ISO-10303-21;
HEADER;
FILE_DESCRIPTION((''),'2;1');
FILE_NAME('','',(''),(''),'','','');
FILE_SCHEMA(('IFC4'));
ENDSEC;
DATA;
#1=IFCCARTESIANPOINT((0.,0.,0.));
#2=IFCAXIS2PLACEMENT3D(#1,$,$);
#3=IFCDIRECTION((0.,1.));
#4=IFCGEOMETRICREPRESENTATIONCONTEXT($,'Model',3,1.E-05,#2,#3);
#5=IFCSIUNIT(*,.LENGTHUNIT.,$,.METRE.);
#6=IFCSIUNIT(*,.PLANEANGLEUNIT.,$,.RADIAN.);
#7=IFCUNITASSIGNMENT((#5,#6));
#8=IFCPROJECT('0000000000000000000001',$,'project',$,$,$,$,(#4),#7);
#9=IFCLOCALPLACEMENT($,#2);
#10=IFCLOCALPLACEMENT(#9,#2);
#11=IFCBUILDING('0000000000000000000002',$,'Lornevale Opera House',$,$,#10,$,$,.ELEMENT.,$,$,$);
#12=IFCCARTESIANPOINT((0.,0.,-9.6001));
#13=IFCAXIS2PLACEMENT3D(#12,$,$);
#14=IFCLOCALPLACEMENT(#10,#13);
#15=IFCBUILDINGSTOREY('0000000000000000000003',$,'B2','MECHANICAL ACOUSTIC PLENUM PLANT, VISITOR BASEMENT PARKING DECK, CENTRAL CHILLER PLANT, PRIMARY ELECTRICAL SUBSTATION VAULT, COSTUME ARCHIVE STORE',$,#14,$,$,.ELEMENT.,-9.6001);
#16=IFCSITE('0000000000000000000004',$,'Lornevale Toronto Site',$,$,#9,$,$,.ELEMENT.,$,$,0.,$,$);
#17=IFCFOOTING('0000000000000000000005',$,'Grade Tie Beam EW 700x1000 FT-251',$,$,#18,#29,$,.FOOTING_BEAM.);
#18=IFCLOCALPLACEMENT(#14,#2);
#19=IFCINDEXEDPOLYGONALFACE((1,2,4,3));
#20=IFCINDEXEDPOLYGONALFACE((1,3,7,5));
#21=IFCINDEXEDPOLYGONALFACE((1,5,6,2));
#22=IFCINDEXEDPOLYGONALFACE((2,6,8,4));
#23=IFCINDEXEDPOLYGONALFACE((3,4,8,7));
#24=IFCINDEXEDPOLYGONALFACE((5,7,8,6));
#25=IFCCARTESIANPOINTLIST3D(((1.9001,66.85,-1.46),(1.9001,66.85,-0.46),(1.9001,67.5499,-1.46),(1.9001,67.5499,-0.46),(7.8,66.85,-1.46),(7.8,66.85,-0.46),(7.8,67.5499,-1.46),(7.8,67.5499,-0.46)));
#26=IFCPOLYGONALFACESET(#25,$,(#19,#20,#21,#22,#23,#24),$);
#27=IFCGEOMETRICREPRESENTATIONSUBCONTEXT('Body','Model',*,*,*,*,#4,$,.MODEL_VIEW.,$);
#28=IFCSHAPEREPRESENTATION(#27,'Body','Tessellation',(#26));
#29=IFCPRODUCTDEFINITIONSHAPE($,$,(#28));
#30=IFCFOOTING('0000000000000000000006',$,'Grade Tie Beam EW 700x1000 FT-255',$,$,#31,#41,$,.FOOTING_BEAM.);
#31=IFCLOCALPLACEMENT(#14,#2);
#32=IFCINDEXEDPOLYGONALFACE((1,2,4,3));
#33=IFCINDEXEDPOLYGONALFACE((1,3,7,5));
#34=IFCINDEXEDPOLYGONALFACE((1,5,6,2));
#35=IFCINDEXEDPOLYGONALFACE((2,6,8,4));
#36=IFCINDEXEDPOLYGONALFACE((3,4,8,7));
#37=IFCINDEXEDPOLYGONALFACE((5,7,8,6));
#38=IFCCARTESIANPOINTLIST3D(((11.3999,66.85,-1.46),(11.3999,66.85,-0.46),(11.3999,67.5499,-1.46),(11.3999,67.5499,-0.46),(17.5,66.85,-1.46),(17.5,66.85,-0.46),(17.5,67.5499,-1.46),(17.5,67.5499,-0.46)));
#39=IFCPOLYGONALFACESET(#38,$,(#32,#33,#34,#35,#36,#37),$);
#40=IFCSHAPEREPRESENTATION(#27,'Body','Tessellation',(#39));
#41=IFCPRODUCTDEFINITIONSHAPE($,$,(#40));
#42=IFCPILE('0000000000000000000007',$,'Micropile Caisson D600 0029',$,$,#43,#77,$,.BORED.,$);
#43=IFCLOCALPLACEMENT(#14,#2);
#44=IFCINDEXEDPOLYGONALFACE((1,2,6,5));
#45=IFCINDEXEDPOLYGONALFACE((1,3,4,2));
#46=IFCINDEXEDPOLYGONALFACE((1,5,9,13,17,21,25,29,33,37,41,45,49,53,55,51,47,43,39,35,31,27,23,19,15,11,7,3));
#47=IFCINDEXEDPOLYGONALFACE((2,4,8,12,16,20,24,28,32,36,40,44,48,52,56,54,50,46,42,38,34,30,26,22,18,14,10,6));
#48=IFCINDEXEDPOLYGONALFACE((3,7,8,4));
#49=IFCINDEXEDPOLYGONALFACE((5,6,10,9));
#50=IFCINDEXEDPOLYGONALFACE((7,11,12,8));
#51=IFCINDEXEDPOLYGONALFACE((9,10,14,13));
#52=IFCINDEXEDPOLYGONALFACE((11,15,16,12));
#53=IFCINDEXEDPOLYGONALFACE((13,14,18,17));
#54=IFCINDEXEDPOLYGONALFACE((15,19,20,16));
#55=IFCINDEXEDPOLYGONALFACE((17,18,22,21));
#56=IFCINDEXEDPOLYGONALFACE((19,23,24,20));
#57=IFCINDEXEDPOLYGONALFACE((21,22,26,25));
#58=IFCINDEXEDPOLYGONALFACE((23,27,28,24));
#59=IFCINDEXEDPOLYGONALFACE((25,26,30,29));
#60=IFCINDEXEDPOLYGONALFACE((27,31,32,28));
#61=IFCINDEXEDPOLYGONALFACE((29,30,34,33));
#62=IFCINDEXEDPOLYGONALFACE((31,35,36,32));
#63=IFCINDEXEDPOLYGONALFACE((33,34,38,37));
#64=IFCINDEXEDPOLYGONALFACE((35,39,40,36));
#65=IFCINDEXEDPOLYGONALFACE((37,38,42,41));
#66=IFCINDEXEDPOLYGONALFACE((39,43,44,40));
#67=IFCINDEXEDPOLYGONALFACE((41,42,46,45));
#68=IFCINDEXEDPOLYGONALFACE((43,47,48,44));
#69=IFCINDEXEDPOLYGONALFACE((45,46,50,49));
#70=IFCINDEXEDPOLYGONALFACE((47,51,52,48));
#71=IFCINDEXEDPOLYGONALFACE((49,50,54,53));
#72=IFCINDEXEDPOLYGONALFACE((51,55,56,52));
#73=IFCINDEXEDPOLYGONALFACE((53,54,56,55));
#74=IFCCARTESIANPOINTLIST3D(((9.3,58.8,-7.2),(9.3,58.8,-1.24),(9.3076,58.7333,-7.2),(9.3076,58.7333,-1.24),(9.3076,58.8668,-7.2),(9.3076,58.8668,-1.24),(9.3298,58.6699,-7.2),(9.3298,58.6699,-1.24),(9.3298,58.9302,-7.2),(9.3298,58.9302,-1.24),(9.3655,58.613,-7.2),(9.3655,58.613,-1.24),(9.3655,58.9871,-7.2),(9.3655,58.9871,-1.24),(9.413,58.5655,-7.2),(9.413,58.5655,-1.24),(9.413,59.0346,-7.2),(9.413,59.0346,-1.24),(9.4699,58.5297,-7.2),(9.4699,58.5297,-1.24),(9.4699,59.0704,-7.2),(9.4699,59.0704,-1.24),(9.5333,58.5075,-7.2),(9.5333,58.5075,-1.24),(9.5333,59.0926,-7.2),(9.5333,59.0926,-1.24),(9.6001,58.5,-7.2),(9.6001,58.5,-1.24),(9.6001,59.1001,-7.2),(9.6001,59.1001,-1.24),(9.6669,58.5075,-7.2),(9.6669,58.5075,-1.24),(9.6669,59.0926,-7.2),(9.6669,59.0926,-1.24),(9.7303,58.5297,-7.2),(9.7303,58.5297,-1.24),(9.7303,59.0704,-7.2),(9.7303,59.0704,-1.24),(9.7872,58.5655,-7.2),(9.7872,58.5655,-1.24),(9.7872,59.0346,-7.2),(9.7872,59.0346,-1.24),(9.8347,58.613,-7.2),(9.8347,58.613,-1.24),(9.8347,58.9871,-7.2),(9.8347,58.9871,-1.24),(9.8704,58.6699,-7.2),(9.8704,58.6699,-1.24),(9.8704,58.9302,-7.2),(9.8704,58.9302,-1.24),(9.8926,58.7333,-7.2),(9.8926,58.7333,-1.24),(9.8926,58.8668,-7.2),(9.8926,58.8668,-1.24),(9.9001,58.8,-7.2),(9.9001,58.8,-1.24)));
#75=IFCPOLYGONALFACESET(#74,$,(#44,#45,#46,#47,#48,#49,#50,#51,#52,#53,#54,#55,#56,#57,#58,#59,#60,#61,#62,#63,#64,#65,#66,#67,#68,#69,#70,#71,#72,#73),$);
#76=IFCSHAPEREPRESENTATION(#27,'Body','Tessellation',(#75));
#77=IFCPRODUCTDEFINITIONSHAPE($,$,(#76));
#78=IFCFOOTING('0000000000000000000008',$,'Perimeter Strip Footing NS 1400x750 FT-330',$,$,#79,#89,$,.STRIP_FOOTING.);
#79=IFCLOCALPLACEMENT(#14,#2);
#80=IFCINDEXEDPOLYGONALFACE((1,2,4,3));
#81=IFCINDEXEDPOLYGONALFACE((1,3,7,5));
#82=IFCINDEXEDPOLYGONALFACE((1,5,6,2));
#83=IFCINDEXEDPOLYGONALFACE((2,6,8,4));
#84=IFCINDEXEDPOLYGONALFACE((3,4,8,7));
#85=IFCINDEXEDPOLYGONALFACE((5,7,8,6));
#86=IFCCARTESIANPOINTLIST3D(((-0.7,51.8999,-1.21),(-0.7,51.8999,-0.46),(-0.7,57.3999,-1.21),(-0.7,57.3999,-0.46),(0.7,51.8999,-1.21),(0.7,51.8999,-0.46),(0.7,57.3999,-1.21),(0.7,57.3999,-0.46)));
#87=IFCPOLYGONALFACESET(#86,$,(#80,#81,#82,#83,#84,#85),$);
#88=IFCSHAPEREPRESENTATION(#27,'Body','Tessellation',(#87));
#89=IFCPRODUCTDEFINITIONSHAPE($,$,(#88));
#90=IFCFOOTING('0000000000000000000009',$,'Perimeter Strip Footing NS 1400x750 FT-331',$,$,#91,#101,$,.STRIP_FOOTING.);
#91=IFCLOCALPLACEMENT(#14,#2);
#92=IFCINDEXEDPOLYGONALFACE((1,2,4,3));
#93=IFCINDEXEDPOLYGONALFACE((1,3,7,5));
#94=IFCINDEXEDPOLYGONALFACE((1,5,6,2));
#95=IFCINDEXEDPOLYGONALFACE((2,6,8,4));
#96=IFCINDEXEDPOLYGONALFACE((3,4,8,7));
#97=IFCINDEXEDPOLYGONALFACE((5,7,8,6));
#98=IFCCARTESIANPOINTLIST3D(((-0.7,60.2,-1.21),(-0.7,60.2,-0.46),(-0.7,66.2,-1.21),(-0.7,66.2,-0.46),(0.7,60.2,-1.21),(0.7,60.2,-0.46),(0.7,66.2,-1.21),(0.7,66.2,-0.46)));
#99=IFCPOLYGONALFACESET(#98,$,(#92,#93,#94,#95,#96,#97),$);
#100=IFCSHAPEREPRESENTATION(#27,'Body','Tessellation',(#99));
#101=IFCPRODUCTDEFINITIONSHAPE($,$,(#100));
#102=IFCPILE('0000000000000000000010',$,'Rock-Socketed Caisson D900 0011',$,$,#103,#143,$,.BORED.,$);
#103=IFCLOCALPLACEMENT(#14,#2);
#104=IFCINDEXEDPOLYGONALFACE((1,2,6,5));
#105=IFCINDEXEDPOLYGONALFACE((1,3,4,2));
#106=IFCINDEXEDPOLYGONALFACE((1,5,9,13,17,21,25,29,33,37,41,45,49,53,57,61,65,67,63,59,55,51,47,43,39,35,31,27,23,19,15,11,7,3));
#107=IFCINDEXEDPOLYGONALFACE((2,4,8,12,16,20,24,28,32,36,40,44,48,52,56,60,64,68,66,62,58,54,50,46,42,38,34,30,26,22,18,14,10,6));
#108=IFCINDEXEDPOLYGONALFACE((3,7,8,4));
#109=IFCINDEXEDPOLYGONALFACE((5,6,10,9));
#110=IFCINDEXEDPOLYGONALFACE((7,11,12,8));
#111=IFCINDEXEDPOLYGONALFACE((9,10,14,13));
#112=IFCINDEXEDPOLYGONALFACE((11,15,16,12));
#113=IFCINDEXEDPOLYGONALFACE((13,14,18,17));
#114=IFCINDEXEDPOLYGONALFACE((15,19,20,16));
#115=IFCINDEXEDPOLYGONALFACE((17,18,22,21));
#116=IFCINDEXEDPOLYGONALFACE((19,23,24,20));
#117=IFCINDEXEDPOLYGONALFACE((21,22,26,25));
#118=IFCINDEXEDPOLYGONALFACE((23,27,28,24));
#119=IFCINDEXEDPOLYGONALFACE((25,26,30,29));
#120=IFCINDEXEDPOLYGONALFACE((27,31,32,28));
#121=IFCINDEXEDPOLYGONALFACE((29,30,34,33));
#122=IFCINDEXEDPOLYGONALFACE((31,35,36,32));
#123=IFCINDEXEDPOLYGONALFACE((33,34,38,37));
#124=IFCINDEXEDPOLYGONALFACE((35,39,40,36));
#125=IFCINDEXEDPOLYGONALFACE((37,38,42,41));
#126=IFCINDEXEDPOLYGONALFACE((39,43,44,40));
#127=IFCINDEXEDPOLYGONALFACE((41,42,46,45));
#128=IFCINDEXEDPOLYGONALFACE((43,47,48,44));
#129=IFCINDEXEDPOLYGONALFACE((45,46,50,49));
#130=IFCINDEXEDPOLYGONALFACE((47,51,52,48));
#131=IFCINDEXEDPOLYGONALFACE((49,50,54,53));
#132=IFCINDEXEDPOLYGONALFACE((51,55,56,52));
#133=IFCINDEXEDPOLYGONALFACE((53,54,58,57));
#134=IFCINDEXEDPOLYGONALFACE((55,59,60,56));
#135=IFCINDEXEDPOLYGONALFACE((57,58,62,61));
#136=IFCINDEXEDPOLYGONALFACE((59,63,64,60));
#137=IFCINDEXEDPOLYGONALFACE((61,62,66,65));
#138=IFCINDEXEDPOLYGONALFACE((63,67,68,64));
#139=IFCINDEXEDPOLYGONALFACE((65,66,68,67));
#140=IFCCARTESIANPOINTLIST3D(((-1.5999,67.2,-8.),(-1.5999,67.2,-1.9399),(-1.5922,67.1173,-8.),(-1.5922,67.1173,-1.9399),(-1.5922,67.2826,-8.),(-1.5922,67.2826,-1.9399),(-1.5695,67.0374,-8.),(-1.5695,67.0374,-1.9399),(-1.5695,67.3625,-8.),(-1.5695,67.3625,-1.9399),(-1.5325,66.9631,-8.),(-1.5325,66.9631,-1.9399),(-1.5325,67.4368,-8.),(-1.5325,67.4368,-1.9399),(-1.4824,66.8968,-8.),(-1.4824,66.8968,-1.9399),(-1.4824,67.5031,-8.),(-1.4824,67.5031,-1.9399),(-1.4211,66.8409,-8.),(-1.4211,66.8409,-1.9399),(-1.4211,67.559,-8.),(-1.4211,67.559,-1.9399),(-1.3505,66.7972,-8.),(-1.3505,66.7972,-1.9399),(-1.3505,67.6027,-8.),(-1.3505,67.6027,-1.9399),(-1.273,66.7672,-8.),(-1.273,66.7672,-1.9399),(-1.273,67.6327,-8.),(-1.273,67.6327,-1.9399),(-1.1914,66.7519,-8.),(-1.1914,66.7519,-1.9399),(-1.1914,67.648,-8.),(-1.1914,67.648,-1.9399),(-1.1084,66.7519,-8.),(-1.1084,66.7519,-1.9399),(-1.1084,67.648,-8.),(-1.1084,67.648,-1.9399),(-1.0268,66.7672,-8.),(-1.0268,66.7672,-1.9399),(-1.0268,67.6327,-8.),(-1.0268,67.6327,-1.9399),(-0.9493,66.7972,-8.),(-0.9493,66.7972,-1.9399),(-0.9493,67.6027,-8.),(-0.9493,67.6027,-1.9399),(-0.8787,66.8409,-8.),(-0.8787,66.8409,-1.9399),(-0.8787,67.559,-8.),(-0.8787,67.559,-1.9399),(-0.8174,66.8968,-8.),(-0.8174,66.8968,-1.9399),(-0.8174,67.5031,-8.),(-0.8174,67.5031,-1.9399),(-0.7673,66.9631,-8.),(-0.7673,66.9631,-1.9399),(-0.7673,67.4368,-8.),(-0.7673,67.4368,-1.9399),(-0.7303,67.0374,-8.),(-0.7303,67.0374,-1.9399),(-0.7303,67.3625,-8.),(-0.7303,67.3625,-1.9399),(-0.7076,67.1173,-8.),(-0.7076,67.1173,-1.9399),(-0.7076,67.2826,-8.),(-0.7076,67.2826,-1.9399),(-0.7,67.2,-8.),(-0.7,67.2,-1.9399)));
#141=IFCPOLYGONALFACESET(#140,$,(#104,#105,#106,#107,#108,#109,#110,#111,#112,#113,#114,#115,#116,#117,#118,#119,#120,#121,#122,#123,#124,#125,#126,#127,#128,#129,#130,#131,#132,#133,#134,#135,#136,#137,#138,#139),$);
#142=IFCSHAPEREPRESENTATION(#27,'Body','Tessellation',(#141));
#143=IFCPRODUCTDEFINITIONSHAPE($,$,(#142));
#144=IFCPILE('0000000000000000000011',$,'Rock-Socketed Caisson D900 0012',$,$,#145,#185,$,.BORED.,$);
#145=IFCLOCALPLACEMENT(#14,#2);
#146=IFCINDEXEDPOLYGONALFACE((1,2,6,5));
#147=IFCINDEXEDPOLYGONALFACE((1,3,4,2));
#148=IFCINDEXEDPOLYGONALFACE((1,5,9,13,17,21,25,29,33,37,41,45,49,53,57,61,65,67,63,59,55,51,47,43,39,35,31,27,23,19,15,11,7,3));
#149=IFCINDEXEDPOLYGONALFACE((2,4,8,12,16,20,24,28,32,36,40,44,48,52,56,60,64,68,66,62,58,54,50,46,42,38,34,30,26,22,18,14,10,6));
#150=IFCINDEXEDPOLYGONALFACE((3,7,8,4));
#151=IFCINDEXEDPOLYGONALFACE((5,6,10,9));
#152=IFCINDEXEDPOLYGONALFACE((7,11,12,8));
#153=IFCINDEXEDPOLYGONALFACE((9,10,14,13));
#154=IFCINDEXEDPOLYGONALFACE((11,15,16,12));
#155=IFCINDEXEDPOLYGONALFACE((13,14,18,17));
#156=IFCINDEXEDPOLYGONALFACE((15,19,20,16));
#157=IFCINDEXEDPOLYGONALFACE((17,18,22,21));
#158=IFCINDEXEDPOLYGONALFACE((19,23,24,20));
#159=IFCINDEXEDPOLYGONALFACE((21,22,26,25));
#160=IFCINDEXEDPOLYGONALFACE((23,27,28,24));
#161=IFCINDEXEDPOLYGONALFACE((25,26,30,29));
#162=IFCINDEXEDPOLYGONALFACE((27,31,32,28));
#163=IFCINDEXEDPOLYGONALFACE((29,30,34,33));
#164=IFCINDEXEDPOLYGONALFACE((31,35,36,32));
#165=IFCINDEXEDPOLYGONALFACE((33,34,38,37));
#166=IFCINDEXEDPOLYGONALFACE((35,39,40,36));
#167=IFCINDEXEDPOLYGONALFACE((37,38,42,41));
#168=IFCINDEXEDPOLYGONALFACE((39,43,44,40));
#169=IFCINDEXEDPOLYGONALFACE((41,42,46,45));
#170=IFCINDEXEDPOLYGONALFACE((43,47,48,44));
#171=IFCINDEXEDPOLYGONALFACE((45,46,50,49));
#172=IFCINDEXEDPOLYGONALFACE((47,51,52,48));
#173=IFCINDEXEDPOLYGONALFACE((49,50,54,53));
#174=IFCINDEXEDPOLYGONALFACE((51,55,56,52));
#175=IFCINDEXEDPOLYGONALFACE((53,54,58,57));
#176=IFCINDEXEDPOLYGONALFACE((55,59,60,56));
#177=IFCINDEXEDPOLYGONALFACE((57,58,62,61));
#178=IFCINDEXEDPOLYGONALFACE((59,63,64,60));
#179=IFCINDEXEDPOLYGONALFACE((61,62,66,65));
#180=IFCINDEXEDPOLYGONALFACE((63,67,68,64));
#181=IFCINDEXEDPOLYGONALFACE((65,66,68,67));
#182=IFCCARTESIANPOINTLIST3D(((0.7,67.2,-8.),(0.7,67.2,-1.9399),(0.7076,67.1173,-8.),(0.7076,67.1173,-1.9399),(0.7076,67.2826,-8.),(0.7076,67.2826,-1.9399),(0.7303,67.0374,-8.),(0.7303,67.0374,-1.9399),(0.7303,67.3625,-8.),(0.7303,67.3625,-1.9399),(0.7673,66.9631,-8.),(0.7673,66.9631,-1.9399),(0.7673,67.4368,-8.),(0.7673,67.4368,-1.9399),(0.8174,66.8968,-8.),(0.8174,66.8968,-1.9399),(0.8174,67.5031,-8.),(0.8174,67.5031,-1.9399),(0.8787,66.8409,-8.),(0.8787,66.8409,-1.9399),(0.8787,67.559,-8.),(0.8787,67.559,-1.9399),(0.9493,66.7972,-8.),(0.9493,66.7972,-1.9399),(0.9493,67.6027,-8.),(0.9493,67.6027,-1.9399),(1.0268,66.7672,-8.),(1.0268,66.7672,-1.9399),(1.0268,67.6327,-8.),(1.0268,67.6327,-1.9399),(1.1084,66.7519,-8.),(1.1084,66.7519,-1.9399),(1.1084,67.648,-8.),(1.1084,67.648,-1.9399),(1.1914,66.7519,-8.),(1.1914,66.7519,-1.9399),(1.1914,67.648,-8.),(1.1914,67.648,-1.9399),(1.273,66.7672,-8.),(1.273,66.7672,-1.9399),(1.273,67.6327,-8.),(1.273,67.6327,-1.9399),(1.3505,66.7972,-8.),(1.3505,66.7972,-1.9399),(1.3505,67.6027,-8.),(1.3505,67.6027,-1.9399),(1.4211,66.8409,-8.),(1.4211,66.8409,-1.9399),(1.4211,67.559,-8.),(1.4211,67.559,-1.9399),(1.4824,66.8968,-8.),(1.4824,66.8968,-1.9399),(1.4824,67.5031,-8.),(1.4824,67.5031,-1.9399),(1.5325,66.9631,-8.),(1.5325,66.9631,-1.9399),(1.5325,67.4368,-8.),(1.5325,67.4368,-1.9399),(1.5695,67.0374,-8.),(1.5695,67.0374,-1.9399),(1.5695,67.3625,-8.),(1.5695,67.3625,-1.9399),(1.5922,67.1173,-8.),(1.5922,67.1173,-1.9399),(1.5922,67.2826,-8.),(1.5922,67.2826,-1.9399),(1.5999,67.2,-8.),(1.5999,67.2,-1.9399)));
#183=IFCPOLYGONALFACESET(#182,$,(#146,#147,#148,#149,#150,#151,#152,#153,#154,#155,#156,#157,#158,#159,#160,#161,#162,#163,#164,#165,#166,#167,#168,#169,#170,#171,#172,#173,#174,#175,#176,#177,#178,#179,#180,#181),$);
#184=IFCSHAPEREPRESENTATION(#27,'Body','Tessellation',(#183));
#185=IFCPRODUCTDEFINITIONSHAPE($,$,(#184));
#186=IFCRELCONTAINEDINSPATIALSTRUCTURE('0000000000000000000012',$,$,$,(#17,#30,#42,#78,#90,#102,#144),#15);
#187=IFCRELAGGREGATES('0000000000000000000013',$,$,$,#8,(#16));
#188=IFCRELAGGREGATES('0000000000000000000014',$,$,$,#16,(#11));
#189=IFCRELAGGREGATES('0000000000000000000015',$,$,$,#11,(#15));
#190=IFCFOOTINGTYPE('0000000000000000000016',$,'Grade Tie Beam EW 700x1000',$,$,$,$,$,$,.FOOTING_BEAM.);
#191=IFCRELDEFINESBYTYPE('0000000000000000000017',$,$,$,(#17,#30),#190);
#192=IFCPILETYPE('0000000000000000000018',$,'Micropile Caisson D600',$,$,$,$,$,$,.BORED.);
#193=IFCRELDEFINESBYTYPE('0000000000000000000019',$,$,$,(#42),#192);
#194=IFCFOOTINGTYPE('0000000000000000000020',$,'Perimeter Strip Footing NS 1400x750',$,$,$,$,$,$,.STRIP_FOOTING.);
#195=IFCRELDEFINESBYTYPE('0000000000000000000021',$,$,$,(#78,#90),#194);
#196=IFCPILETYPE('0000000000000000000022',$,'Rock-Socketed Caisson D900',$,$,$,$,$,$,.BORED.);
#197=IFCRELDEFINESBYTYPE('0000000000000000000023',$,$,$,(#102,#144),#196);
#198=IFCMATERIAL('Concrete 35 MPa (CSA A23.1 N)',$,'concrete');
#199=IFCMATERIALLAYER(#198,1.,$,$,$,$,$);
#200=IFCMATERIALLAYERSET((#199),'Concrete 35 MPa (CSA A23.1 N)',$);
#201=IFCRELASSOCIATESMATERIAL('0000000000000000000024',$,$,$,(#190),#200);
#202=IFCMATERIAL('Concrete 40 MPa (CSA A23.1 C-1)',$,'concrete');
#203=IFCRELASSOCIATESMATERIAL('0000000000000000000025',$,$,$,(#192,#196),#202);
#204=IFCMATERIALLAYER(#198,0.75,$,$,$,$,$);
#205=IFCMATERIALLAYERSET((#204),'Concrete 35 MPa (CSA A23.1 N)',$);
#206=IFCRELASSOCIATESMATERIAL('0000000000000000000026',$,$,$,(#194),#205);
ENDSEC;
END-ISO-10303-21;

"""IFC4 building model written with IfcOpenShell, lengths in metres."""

from ifc_helpers import new_model, si_unit, direction, frame, origin, origin_2d, place, context, subcontext, project, spatial, rectangle, circle, extrude, material, layer, layer_set, material_profile, profile_set, type_object, element, save


model = new_model("IFC4")

# Units and contexts
model_context = context("Model", 3, precision=1e-05, world=origin(), true_north=direction((0.0, 1.0)))
body_context = subcontext(model_context, "Body", "Model", "MODEL_VIEW")
ifc_project = project(units=[si_unit("LENGTHUNIT", "METRE"), si_unit("PLANEANGLEUNIT", "RADIAN")], contexts=[model_context])

# Site, building, storey
site_placement = place(None, origin())
site = spatial("IfcSite", under=ifc_project, at=site_placement, Name="Lornevale Toronto Site", CompositionType="ELEMENT", RefElevation=0.0)
building_placement = place(site_placement, origin())
building = spatial("IfcBuilding", under=site, at=building_placement, Name="Lornevale Opera House", CompositionType="ELEMENT")
storey_placement = place(building_placement, frame((0.0, 0.0, -9.6001)))
storey = spatial("IfcBuildingStorey", under=building, at=storey_placement, Name="B2", Description="MECHANICAL ACOUSTIC PLENUM PLANT, VISITOR BASEMENT PARKING DECK, CENTRAL CHILLER PLANT, PRIMARY ELECTRICAL SUBSTATION VAULT, COSTUME ARCHIVE STORE", CompositionType="ELEMENT", Elevation=-9.6001)

# Footings
ifc_material_1 = material(Name="Concrete 35 MPa (CSA A23.1 N)", Category="concrete")
ifc_layer_1 = layer(ifc_material_1, 1.0)
ifc_layer_set_1 = layer_set([ifc_layer_1], Name="Concrete 35 MPa (CSA A23.1 N)")
footing_type_1 = type_object("IfcFootingType", Name="Grade Tie Beam EW 700x1000", PredefinedType="FOOTING_BEAM", material=ifc_layer_set_1)
footing_1_placement = place(storey_placement, frame((4.8501, 67.2, -1.46), z_axis=(0.0, 0.0, 1.0), x_axis=(1.0, 0.0, 0.0)))
element("IfcFooting", 1, at=footing_1_placement, inside=storey, type_object=footing_type_1, Name="Grade Tie Beam EW 700x1000 FT-251", PredefinedType="FOOTING_BEAM", context=body_context, shape_type="SweptSolid", body=[
    extrude(rectangle(XDim=5.8999, YDim=0.7, at=origin_2d()), origin(), (0.0, 0.0, 1.0), 1.0),
])
footing_2_placement = place(storey_placement, frame((14.45, 67.2, -1.46), z_axis=(0.0, 0.0, 1.0), x_axis=(1.0, 0.0, 0.0)))
element("IfcFooting", 2, at=footing_2_placement, inside=storey, type_object=footing_type_1, Name="Grade Tie Beam EW 700x1000 FT-255", PredefinedType="FOOTING_BEAM", context=body_context, shape_type="SweptSolid", body=[
    extrude(rectangle(XDim=6.1001, YDim=0.7, at=origin_2d()), origin(), (0.0, 0.0, 1.0), 1.0),
])

# Pile
ifc_material_2 = material(Name="Concrete 40 MPa (CSA A23.1 C-1)", Category="concrete")
ifc_material_profile_1 = material_profile(ifc_material_2, circle(Radius=0.3, at=origin_2d()), Name="CAIS600")
ifc_profile_set_1 = profile_set([ifc_material_profile_1], Name="Concrete 40 MPa (CSA A23.1 C-1)")
pile_type_1 = type_object("IfcPileType", Name="Micropile Caisson D600", PredefinedType="BORED", material=ifc_profile_set_1)
pile_placement = place(storey_placement, frame((9.6001, 58.8, -1.24), z_axis=(0.0, 0.0, -1.0), x_axis=(1.0, 0.0, 0.0)))
element("IfcPile", 3, at=pile_placement, inside=storey, type_object=pile_type_1, Name="Micropile Caisson D600 0029", PredefinedType="BORED", context=body_context, shape_type="SweptSolid", body=[
    extrude(circle(Radius=0.3, at=origin_2d()), origin(), (0.0, 0.0, 1.0), 5.96),
])

# Footings
ifc_layer_2 = layer(ifc_material_1, 0.75)
ifc_layer_set_2 = layer_set([ifc_layer_2], Name="Concrete 35 MPa (CSA A23.1 N)")
footing_type_2 = type_object("IfcFootingType", Name="Perimeter Strip Footing NS 1400x750", PredefinedType="STRIP_FOOTING", material=ifc_layer_set_2)
footing_3_placement = place(storey_placement, frame((0.0, 54.6499, -1.21), z_axis=(0.0, 0.0, 1.0), x_axis=(1.0, 0.0, 0.0)))
element("IfcFooting", 4, at=footing_3_placement, inside=storey, type_object=footing_type_2, Name="Perimeter Strip Footing NS 1400x750 FT-330", PredefinedType="STRIP_FOOTING", context=body_context, shape_type="SweptSolid", body=[
    extrude(rectangle(XDim=1.3999, YDim=5.5, at=origin_2d()), origin(), (0.0, 0.0, 1.0), 0.75),
])
footing_4_placement = place(storey_placement, frame((0.0, 63.2, -1.21), z_axis=(0.0, 0.0, 1.0), x_axis=(1.0, 0.0, 0.0)))
element("IfcFooting", 5, at=footing_4_placement, inside=storey, type_object=footing_type_2, Name="Perimeter Strip Footing NS 1400x750 FT-331", PredefinedType="STRIP_FOOTING", context=body_context, shape_type="SweptSolid", body=[
    extrude(rectangle(XDim=1.3999, YDim=6.0, at=origin_2d()), origin(), (0.0, 0.0, 1.0), 0.75),
])

# Piles
ifc_material_profile_2 = material_profile(ifc_material_2, circle(Radius=0.45, at=origin_2d()), Name="CAIS900")
ifc_profile_set_2 = profile_set([ifc_material_profile_2], Name="Concrete 40 MPa (CSA A23.1 C-1)")
pile_type_2 = type_object("IfcPileType", Name="Rock-Socketed Caisson D900", PredefinedType="BORED", material=ifc_profile_set_2)
for number, where, z_axis, x_axis, name in (
    (6, (-1.1499, 67.2, -1.9399), (0.0, 0.0, -1.0), (1.0, 0.0, 0.0), "Rock-Socketed Caisson D900 0011"),
    (7, (1.1499, 67.2, -1.9399), (0.0, 0.0, -1.0), (1.0, 0.0, 0.0), "Rock-Socketed Caisson D900 0012"),
):
    element("IfcPile", number, at=place(storey_placement, frame(where, z_axis=z_axis, x_axis=x_axis)), inside=storey, type_object=pile_type_2, Name=name, PredefinedType="BORED", context=body_context, shape_type="SweptSolid", body=[
        extrude(circle(Radius=0.45, at=origin_2d()), origin(), (0.0, 0.0, 1.0), 6.0601),
    ])

save(model, "model.ifc")
